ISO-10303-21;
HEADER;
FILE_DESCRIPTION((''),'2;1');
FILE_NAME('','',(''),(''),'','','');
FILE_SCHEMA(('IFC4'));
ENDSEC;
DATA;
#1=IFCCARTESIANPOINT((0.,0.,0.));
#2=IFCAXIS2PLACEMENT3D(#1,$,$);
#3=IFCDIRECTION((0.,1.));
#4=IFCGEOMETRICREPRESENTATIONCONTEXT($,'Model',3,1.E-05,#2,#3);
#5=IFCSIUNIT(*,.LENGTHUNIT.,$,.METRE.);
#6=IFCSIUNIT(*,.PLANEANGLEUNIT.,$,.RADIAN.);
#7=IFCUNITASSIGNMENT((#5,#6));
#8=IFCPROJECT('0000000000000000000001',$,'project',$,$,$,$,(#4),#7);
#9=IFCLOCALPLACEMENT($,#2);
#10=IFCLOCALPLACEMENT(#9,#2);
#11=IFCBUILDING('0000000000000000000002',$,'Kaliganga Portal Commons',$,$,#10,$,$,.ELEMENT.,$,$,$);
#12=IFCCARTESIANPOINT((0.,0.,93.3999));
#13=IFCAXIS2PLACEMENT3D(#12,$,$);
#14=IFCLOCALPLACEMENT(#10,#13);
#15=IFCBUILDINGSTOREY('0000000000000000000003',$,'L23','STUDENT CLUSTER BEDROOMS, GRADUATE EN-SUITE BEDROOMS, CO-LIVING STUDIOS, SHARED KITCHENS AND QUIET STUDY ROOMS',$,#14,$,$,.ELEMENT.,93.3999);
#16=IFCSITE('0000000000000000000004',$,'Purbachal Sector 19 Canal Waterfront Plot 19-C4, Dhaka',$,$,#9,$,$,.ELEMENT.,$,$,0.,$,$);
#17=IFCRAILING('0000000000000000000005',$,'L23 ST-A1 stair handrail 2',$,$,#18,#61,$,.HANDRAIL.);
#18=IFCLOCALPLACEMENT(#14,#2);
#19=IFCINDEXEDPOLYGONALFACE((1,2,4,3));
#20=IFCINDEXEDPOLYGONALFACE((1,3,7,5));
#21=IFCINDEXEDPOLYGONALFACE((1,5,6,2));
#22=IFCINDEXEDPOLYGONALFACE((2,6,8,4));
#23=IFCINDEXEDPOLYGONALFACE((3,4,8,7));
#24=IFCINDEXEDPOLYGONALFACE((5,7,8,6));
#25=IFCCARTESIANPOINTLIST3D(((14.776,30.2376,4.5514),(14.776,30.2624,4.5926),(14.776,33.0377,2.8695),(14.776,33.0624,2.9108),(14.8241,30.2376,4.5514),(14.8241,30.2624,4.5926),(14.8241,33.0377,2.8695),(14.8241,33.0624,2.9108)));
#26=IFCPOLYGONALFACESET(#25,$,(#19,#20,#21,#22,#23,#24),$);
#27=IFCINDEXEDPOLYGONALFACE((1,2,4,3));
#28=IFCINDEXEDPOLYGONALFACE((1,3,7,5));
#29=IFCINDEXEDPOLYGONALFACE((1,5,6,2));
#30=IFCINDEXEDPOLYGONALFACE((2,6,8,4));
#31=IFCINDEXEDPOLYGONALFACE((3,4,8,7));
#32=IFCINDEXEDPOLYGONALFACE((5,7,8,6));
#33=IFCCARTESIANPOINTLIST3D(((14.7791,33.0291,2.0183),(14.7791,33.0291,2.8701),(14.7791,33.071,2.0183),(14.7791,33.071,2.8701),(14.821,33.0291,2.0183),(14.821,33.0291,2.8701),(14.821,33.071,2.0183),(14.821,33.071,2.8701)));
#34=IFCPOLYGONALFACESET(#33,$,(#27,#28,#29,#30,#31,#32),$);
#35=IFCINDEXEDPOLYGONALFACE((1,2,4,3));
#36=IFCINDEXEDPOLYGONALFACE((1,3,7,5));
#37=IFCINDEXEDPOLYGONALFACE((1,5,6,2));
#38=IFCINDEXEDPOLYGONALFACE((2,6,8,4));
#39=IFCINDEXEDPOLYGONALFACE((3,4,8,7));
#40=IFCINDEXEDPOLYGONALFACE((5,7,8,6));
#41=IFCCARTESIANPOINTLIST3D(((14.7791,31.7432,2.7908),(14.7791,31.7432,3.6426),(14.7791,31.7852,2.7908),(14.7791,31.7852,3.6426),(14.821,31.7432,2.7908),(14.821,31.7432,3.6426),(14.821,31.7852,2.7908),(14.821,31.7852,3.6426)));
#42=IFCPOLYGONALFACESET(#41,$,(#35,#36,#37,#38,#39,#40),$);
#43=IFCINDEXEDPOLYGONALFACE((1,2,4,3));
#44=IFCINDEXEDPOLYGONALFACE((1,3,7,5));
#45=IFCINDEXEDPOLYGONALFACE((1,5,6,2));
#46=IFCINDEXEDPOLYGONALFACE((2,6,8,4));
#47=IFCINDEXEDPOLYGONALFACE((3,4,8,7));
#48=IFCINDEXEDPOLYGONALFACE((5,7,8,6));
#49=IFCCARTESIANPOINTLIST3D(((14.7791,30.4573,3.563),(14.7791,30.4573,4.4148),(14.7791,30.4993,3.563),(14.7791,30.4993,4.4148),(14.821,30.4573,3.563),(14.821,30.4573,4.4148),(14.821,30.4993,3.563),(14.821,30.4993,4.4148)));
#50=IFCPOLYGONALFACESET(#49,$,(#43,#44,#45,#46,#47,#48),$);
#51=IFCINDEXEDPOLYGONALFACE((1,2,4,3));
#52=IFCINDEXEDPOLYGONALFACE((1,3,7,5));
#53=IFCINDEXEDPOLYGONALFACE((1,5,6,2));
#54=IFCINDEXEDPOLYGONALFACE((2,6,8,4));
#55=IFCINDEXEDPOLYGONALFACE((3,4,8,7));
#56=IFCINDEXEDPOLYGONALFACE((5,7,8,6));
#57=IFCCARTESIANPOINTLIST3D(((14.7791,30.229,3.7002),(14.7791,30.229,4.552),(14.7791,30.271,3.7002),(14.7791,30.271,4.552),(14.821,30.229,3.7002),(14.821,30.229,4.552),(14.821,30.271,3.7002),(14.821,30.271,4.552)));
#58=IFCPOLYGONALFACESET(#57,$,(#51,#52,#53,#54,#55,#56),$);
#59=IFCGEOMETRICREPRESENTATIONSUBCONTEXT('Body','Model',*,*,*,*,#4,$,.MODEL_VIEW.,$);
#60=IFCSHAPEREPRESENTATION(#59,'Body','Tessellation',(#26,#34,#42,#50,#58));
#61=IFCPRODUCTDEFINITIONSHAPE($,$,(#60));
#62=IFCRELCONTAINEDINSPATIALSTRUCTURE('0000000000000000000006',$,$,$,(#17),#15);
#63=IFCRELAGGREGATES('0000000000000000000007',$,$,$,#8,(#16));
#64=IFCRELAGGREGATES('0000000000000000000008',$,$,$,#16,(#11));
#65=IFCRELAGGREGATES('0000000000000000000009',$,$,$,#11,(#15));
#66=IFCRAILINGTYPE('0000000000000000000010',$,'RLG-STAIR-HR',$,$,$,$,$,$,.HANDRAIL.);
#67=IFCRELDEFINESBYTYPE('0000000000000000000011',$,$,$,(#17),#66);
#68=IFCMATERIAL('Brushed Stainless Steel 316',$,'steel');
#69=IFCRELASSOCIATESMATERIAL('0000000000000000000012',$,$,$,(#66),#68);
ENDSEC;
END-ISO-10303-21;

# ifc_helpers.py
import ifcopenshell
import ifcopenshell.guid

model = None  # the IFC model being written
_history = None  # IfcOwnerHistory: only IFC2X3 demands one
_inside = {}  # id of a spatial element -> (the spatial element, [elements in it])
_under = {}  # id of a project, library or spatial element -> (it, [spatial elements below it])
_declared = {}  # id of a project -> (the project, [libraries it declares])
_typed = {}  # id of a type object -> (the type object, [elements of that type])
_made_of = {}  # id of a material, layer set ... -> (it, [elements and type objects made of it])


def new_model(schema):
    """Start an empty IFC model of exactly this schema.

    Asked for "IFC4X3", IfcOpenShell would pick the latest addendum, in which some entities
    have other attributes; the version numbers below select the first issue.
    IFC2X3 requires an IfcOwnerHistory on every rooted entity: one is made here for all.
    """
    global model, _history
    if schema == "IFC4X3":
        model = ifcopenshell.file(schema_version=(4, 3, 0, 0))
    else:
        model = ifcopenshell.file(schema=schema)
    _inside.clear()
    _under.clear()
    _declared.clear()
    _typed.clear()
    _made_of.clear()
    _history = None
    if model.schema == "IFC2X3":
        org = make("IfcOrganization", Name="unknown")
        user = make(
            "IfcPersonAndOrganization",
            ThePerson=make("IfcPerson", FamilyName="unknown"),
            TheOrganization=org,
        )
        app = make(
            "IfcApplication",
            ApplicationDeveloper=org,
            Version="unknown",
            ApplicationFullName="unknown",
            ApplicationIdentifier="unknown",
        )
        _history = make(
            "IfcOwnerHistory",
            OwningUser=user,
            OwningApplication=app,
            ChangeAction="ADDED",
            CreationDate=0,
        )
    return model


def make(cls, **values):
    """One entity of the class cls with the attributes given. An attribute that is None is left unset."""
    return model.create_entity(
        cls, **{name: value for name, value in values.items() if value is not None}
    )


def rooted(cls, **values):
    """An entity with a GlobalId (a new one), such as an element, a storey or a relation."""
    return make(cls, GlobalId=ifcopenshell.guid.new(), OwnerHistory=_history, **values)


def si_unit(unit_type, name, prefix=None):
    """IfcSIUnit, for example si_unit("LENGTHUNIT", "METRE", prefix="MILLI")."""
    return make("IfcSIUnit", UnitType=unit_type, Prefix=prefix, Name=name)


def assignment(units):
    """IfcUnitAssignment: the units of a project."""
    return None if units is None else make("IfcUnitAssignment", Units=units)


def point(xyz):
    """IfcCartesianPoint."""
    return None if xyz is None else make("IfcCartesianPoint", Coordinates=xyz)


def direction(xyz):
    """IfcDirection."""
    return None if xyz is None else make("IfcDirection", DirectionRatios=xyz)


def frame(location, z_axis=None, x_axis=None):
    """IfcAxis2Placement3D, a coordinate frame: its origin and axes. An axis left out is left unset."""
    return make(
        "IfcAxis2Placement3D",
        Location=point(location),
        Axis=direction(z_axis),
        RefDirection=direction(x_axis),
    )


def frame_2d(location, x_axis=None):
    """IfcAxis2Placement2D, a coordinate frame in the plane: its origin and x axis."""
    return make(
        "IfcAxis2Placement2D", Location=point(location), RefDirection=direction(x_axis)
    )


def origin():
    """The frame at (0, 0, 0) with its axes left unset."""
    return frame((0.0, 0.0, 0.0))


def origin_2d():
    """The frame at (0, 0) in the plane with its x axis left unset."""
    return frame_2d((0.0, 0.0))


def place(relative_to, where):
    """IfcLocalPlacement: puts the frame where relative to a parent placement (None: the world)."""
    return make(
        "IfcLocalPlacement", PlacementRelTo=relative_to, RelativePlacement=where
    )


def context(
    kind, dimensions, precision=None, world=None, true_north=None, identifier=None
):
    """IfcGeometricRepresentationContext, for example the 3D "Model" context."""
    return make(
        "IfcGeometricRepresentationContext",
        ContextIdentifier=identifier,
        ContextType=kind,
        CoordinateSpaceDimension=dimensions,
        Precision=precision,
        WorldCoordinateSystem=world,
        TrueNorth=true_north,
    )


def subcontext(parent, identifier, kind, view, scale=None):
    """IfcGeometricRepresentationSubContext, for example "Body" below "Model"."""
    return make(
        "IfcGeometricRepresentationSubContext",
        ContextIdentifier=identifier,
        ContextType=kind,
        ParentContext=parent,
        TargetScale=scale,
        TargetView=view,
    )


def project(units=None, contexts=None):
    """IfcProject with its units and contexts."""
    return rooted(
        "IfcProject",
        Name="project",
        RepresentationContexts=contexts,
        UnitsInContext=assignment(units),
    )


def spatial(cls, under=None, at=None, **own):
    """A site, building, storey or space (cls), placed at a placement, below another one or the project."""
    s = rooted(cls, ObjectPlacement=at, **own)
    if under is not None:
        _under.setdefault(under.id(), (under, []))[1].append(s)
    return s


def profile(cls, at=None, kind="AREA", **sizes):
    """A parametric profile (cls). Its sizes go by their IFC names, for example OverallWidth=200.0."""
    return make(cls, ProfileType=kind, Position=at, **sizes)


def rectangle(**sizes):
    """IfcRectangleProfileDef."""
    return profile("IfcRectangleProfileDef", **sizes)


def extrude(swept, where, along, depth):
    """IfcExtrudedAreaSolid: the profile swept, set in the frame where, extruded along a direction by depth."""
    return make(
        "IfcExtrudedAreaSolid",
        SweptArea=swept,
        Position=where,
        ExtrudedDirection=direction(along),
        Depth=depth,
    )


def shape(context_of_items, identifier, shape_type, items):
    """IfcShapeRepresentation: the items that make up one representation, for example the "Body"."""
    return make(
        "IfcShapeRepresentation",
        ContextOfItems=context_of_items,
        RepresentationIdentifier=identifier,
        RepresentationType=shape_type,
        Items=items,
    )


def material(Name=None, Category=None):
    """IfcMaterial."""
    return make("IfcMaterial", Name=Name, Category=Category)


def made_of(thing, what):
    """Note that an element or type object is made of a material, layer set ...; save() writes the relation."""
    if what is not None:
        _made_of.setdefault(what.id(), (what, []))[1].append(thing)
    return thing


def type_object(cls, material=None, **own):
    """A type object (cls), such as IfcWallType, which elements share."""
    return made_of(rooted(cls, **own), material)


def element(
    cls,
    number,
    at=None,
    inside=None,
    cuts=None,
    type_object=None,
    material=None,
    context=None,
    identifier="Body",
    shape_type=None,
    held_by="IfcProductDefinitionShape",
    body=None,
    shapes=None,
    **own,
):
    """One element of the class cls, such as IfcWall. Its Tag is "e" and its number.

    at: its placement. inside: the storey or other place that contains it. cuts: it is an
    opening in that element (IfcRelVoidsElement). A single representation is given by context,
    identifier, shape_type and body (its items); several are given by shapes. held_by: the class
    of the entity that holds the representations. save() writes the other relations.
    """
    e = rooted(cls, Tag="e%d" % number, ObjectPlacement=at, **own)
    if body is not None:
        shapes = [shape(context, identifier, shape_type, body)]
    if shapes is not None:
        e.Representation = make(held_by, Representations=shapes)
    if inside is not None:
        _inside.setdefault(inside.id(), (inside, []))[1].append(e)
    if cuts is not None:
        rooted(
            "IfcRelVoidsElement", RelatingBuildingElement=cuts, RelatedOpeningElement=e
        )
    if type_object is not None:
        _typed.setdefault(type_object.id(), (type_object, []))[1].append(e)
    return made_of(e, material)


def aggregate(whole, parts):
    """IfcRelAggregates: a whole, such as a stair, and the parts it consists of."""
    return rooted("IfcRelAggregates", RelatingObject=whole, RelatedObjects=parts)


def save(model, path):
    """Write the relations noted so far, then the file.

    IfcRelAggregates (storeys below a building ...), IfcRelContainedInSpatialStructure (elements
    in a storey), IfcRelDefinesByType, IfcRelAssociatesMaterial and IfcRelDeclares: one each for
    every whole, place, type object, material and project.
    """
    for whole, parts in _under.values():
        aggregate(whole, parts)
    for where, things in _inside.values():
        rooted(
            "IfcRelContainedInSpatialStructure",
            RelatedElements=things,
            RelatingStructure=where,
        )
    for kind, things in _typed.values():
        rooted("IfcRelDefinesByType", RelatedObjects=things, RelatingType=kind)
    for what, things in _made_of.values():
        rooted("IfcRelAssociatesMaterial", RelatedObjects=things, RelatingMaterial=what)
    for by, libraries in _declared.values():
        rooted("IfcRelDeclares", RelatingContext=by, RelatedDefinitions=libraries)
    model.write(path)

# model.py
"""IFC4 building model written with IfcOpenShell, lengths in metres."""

from ifc_helpers import new_model, si_unit, direction, frame, origin, origin_2d, place, context, subcontext, project, spatial, rectangle, extrude, material, type_object, element, save


model = new_model("IFC4")

# Units and contexts
model_context = context("Model", 3, precision=1e-05, world=origin(), true_north=direction((0.0, 1.0)))
body_context = subcontext(model_context, "Body", "Model", "MODEL_VIEW")
ifc_project = project(units=[si_unit("LENGTHUNIT", "METRE"), si_unit("PLANEANGLEUNIT", "RADIAN")], contexts=[model_context])

# Site, building, storey
site_placement = place(None, origin())
site = spatial("IfcSite", under=ifc_project, at=site_placement, Name="Purbachal Sector 19 Canal Waterfront Plot 19-C4, Dhaka", CompositionType="ELEMENT", RefElevation=0.0)
building_placement = place(site_placement, origin())
building = spatial("IfcBuilding", under=site, at=building_placement, Name="Kaliganga Portal Commons", CompositionType="ELEMENT")
storey_placement = place(building_placement, frame((0.0, 0.0, 93.3999)))
storey = spatial("IfcBuildingStorey", under=building, at=storey_placement, Name="L23", Description="STUDENT CLUSTER BEDROOMS, GRADUATE EN-SUITE BEDROOMS, CO-LIVING STUDIOS, SHARED KITCHENS AND QUIET STUDY ROOMS", CompositionType="ELEMENT", Elevation=93.3999)

# Railing
ifc_material_1 = material(Name="Brushed Stainless Steel 316", Category="steel")
railing_type = type_object("IfcRailingType", Name="RLG-STAIR-HR", PredefinedType="HANDRAIL", material=ifc_material_1)
railing_placement = place(storey_placement, frame((14.8, 33.05, 2.0183)))
element("IfcRailing", 1, at=railing_placement, inside=storey, type_object=railing_type, Name="L23 ST-A1 stair handrail 2", PredefinedType="HANDRAIL", context=body_context, shape_type="SweptSolid", body=[
    extrude(rectangle(XDim=0.0481, YDim=0.0481, at=origin_2d()), frame((0.0, 0.0, 0.8718), z_axis=(0.0, -0.857242, 0.514913), x_axis=(1.0, 0.0, 0.0)), (0.0, 0.0, 1.0), 3.2664),
    extrude(rectangle(XDim=0.042, YDim=0.042, at=origin_2d()), origin(), (0.0, 0.0, 1.0), 0.8518),
    extrude(rectangle(XDim=0.042, YDim=0.042, at=origin_2d()), frame((0.0, -1.2859, 0.7725)), (0.0, 0.0, 1.0), 0.8518),
    extrude(rectangle(XDim=0.042, YDim=0.042, at=origin_2d()), frame((0.0, -2.5718, 1.5447)), (0.0, 0.0, 1.0), 0.8518),
    extrude(rectangle(XDim=0.042, YDim=0.042, at=origin_2d()), frame((0.0, -2.8, 1.6819)), (0.0, 0.0, 1.0), 0.8518),
])

save(model, "model.ifc")
